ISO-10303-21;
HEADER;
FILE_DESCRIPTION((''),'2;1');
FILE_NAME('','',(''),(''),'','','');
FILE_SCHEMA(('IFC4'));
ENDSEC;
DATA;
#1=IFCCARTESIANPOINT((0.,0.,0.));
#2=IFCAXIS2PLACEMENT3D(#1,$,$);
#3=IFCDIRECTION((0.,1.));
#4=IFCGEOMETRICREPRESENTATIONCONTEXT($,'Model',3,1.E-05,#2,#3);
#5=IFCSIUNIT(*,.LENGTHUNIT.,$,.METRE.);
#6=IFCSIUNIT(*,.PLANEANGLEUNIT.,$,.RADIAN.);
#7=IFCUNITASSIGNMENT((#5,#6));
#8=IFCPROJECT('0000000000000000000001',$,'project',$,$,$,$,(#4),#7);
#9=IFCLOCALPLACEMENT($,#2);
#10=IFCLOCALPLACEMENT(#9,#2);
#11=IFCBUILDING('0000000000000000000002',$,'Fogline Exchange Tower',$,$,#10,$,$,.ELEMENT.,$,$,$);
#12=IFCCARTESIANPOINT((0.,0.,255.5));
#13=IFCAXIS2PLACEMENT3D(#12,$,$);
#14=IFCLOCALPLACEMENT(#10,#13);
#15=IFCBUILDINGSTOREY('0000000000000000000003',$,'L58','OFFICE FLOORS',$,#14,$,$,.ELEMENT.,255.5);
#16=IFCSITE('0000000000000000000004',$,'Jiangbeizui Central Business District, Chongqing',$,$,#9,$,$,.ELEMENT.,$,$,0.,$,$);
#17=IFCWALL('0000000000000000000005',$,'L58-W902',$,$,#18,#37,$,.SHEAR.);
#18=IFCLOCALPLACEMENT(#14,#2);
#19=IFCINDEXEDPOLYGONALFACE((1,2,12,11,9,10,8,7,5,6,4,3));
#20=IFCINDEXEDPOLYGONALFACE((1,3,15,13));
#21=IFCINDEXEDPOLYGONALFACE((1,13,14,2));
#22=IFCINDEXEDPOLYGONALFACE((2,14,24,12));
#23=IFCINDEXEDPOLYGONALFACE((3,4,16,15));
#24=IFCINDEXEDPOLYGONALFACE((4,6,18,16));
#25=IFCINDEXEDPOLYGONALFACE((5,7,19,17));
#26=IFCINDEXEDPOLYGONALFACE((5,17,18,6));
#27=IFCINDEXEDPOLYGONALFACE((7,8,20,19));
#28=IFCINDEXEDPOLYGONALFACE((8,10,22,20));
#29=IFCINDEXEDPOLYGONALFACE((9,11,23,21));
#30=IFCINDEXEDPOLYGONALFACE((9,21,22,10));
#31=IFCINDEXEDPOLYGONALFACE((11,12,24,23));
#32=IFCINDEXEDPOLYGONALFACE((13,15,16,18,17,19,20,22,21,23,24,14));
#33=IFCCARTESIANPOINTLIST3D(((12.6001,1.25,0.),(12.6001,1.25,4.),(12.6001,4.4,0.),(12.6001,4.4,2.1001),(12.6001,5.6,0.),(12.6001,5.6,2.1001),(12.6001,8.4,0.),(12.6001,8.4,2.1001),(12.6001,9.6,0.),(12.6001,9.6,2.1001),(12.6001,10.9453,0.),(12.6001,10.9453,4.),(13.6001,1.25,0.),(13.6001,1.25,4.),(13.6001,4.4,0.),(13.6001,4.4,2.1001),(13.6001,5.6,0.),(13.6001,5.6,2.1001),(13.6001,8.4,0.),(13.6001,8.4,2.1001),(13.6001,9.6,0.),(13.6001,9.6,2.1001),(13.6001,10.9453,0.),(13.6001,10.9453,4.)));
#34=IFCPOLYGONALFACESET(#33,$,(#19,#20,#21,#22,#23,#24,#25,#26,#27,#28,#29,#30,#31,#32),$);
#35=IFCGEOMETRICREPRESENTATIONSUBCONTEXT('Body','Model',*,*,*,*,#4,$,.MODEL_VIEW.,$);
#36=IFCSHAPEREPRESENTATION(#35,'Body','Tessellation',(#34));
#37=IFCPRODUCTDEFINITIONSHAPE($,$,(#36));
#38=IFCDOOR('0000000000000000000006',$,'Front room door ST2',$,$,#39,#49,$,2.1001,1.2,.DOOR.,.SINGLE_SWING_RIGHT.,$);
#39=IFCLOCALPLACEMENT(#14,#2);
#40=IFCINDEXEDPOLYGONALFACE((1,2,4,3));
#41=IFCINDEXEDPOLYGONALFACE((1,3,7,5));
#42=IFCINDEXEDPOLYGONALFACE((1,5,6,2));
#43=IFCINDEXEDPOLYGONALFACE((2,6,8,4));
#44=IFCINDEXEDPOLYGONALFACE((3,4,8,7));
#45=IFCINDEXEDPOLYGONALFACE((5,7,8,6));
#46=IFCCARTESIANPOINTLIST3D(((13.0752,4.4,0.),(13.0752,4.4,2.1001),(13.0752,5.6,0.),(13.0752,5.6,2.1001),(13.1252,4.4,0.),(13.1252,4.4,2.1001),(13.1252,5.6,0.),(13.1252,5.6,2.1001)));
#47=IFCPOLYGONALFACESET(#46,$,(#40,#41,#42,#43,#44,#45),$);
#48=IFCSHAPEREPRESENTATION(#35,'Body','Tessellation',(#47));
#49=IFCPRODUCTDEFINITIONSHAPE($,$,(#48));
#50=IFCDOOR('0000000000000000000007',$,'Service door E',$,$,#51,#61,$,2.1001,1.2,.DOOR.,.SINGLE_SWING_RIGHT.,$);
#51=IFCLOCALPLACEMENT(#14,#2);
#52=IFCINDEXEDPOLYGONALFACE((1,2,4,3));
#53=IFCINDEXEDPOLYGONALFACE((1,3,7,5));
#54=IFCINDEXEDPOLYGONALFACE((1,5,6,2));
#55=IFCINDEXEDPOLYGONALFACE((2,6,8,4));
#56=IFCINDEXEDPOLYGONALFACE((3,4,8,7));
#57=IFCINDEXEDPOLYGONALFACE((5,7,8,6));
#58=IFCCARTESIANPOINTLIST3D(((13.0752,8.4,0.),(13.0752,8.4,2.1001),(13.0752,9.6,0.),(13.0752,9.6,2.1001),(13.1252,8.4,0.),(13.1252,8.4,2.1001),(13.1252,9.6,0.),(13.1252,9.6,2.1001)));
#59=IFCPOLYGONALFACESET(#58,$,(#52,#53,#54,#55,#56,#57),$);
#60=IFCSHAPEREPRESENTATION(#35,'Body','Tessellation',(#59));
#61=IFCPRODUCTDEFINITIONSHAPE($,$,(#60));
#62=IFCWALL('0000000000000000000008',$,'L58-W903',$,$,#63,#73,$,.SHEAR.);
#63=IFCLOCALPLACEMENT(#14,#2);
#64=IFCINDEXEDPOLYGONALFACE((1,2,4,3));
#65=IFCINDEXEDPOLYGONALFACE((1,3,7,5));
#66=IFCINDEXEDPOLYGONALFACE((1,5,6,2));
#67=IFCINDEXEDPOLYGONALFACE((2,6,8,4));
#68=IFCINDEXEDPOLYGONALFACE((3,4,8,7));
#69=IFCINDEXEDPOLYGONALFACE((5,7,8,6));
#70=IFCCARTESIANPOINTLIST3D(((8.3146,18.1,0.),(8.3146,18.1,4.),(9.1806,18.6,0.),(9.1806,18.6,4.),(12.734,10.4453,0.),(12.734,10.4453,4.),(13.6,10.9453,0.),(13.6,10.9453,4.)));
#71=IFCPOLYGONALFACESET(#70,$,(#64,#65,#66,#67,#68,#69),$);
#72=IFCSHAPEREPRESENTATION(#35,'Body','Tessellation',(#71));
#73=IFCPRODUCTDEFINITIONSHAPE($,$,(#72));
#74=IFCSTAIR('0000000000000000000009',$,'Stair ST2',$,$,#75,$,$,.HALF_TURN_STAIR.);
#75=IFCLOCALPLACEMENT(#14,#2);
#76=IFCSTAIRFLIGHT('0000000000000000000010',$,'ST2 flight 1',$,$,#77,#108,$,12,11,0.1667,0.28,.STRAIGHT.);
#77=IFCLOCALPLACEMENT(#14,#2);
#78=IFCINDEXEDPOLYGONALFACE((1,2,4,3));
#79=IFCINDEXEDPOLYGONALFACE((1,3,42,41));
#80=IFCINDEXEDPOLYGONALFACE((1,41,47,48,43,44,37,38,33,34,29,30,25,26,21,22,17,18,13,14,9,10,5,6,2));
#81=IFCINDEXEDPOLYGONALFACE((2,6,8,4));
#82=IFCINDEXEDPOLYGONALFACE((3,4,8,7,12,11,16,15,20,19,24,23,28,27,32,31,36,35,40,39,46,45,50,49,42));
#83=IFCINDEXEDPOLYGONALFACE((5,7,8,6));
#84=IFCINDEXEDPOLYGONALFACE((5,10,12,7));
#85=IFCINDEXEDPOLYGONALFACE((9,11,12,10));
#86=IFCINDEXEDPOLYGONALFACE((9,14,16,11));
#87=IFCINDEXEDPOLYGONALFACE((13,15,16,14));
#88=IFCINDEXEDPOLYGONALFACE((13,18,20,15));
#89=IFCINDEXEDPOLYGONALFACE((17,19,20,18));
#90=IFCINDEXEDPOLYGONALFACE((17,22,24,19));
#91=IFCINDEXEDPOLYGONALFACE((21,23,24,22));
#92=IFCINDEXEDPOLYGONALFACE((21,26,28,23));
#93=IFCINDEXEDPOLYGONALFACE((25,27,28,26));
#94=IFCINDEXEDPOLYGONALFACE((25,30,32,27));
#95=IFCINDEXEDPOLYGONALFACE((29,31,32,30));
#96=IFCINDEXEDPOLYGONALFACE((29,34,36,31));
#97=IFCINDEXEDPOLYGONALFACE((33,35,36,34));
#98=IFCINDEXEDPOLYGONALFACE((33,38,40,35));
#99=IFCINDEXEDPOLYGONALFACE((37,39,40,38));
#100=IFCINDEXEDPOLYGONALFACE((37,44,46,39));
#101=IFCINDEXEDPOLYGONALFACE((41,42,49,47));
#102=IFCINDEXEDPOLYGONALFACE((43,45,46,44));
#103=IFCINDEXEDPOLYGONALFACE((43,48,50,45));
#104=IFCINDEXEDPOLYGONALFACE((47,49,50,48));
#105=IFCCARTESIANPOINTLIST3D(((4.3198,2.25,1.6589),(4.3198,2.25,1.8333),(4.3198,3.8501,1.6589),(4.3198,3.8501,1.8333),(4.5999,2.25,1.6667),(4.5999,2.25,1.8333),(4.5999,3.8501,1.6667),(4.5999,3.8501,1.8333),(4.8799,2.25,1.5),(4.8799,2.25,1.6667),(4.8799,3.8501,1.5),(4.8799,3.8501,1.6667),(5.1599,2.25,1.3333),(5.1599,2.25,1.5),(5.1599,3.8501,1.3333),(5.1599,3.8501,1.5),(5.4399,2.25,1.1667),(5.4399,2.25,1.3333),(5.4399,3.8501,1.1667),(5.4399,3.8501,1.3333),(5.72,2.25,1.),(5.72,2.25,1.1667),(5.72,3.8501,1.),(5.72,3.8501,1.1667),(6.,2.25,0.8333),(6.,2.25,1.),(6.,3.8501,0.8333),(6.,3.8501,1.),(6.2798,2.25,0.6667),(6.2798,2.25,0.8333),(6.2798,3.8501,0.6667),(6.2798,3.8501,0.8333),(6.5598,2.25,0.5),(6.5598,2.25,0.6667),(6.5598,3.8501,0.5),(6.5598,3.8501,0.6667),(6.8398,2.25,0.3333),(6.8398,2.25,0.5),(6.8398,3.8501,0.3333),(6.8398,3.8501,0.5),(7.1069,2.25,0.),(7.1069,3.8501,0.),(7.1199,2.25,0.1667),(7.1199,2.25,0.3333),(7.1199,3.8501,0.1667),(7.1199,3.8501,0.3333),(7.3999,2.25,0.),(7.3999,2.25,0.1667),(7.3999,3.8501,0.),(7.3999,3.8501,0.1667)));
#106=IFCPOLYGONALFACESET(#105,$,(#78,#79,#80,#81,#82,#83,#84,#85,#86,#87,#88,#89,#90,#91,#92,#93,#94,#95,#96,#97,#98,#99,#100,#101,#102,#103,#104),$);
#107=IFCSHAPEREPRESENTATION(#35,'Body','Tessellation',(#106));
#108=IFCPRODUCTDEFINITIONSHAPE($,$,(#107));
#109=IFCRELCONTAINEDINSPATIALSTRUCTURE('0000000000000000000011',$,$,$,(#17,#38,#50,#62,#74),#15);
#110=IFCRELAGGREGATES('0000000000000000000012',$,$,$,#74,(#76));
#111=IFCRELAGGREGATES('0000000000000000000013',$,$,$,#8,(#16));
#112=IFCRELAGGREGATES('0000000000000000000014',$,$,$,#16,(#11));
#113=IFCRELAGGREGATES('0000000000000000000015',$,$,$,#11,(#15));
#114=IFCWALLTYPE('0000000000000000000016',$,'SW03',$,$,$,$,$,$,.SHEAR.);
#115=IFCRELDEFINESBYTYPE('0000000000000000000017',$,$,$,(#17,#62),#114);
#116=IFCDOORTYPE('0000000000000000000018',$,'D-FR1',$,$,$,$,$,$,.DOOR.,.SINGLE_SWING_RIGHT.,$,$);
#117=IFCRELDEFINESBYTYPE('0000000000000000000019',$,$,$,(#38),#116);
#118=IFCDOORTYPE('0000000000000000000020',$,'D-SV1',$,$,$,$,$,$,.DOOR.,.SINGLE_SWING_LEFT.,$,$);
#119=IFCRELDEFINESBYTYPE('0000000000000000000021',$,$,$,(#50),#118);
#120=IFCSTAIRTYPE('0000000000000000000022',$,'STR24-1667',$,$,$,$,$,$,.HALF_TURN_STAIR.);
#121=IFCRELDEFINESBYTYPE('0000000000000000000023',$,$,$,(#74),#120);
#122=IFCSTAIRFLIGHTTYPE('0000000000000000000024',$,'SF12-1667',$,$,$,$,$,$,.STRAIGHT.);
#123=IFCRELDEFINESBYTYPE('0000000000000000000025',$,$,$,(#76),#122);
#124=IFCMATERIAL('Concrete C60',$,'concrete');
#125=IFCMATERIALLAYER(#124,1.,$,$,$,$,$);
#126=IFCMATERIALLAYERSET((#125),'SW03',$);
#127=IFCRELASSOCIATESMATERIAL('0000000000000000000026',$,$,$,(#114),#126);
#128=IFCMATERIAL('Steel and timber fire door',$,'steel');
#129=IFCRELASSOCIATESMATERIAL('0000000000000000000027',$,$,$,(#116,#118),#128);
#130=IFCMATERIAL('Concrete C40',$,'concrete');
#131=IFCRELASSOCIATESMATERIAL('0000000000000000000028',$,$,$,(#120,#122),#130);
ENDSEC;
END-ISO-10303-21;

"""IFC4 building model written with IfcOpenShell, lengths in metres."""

from ifc_helpers import new_model, si_unit, direction, frame, frame_2d, origin, place, context, subcontext, project, spatial, polyline, rectangle, outline, extrude, material, layer, layer_set, type_object, element, fill, aggregate, save


model = new_model("IFC4")

# Units and contexts
model_context = context("Model", 3, precision=1e-05, world=origin(), true_north=direction((0.0, 1.0)))
body_context = subcontext(model_context, "Body", "Model", "MODEL_VIEW")
ifc_project = project(units=[si_unit("LENGTHUNIT", "METRE"), si_unit("PLANEANGLEUNIT", "RADIAN")], contexts=[model_context])

# Site, building, storey
site_placement = place(None, origin())
site = spatial("IfcSite", under=ifc_project, at=site_placement, Name="Jiangbeizui Central Business District, Chongqing", CompositionType="ELEMENT", RefElevation=0.0)
building_placement = place(site_placement, origin())
building = spatial("IfcBuilding", under=site, at=building_placement, Name="Fogline Exchange Tower", CompositionType="ELEMENT")
storey_placement = place(building_placement, frame((0.0, 0.0, 255.5)))
storey = spatial("IfcBuildingStorey", under=building, at=storey_placement, Name="L58", Description="OFFICE FLOORS", CompositionType="ELEMENT", Elevation=255.5)

# Shared definitions
ifc_material_1 = material(Name="Concrete C40", Category="concrete")

# Shared definitions
ifc_material_2 = material(Name="Steel and timber fire door", Category="steel")

# Wall, openings, doors
ifc_material_3 = material(Name="Concrete C60", Category="concrete")
ifc_layer_1 = layer(ifc_material_3, 1.0)
ifc_layer_set_1 = layer_set([ifc_layer_1], Name="SW03")
wall_type_1 = type_object("IfcWallType", Name="SW03", PredefinedType="SHEAR", material=ifc_layer_set_1)
wall_1_placement = place(storey_placement, frame((13.1001, 1.25, 0.0), z_axis=(0.0, 0.0, 1.0), x_axis=(0.0, 1.0, 0.0)))
wall_1 = element("IfcWall", 1, at=wall_1_placement, inside=storey, type_object=wall_type_1, Name="L58-W902", PredefinedType="SHEAR", context=body_context, shape_type="SweptSolid", body=[
    extrude(rectangle(XDim=9.6953, YDim=1.0, at=frame_2d((4.8477, 0.0))), origin(), (0.0, 0.0, 1.0), 4.0),
])
opening_1_placement = place(wall_1_placement, frame((3.1499, 0.0, 0.0)))
opening_1 = element("IfcOpeningElement", 2, at=opening_1_placement, cuts=wall_1, PredefinedType="OPENING", context=body_context, shape_type="SweptSolid", body=[
    extrude(rectangle(XDim=1.2, YDim=2.1001, at=frame_2d((0.6001, 1.05))), frame((0.0, 0.51, 0.0), z_axis=(0.0, -1.0, 0.0), x_axis=(1.0, 0.0, 0.0)), (0.0, 0.0, 1.0), 1.02),
])
opening_2_placement = place(wall_1_placement, frame((7.1499, 0.0, 0.0)))
opening_2 = element("IfcOpeningElement", 3, at=opening_2_placement, cuts=wall_1, PredefinedType="OPENING", context=body_context, shape_type="SweptSolid", body=[
    extrude(rectangle(XDim=1.2, YDim=2.1001, at=frame_2d((0.6001, 1.05))), frame((0.0, 0.51, 0.0), z_axis=(0.0, -1.0, 0.0), x_axis=(1.0, 0.0, 0.0)), (0.0, 0.0, 1.0), 1.02),
])
door_type_1 = type_object("IfcDoorType", Name="D-FR1", OperationType="SINGLE_SWING_RIGHT", PredefinedType="DOOR", material=ifc_material_2)
door_1_placement = place(opening_1_placement, origin())
door_1 = element("IfcDoor", 4, at=door_1_placement, inside=storey, type_object=door_type_1, Name="Front room door ST2", OperationType="SINGLE_SWING_RIGHT", OverallHeight=2.1001, OverallWidth=1.2, PredefinedType="DOOR", context=body_context, shape_type="SweptSolid", body=[
    extrude(rectangle(XDim=1.2, YDim=2.1001, at=frame_2d((0.6001, 1.05))), frame((0.0, 0.0249, 0.0), z_axis=(0.0, -1.0, 0.0), x_axis=(1.0, 0.0, 0.0)), (0.0, 0.0, 1.0), 0.05),
])
fill(opening_1, door_1)
door_type_2 = type_object("IfcDoorType", Name="D-SV1", OperationType="SINGLE_SWING_LEFT", PredefinedType="DOOR", material=ifc_material_2)
door_2_placement = place(opening_2_placement, origin())
door_2 = element("IfcDoor", 5, at=door_2_placement, inside=storey, type_object=door_type_2, Name="Service door E", OperationType="SINGLE_SWING_RIGHT", OverallHeight=2.1001, OverallWidth=1.2, PredefinedType="DOOR", context=body_context, shape_type="SweptSolid", body=[
    extrude(rectangle(XDim=1.2, YDim=2.1001, at=frame_2d((0.6001, 1.05))), frame((0.0, 0.0249, 0.0), z_axis=(0.0, -1.0, 0.0), x_axis=(1.0, 0.0, 0.0)), (0.0, 0.0, 1.0), 0.05),
])
fill(opening_2, door_2)

# Wall
wall_2_placement = place(storey_placement, frame((13.167, 10.6953, 0.0), z_axis=(0.0, 0.0, 1.0), x_axis=(-0.499995, 0.866028, 0.0)))
element("IfcWall", 6, at=wall_2_placement, inside=storey, type_object=wall_type_1, Name="L58-W903", PredefinedType="SHEAR", context=body_context, shape_type="SweptSolid", body=[
    extrude(rectangle(XDim=8.8389, YDim=1.0, at=frame_2d((4.4194, 0.0))), origin(), (0.0, 0.0, 1.0), 4.0),
])

# Stair, stair flight
stair_type = type_object("IfcStairType", Name="STR24-1667", PredefinedType="HALF_TURN_STAIR", material=ifc_material_1)
stair_placement = place(storey_placement, origin())
stair = element("IfcStair", 7, at=stair_placement, inside=storey, type_object=stair_type, Name="Stair ST2", PredefinedType="HALF_TURN_STAIR")
stair_flight_type = type_object("IfcStairFlightType", Name="SF12-1667", PredefinedType="STRAIGHT", material=ifc_material_1)
stair_flight_placement = place(storey_placement, frame((7.3999, 3.05, 0.0), z_axis=(0.0, 0.0, 1.0), x_axis=(-1.0, 0.0, 0.0)))
stair_flight = element("IfcStairFlight", 8, at=stair_flight_placement, type_object=stair_flight_type, Name="ST2 flight 1", NumberOfRisers=12, NumberOfTreads=11, PredefinedType="STRAIGHT", RiserHeight=0.1667, TreadLength=0.28, context=body_context, shape_type="SweptSolid", body=[
    extrude(outline(polyline([(0.0, 0.0), (0.0, 0.1667), (0.28, 0.1667), (0.28, 0.3333), (0.5601, 0.3333), (0.5601, 0.5), (0.8401, 0.5), (0.8401, 0.6667), (1.1201, 0.6667), (1.1201, 0.8333), (1.3999, 0.8333), (1.3999, 1.0), (1.6799, 1.0), (1.6799, 1.1667), (1.96, 1.1667), (1.96, 1.3333), (2.24, 1.3333), (2.24, 1.5), (2.52, 1.5), (2.52, 1.6667), (2.8, 1.6667), (2.8, 1.8333), (3.0801, 1.8333), (3.0801, 2.0), (3.0801, 1.6589), (0.293, 0.0), (0.0, 0.0)])), frame((0.0, 0.8, 0.0), z_axis=(0.0, -1.0, 0.0), x_axis=(1.0, 0.0, 0.0)), (0.0, 0.0, 1.0), 1.6001),
])
aggregate(stair, [stair_flight])

save(model, "model.ifc")
